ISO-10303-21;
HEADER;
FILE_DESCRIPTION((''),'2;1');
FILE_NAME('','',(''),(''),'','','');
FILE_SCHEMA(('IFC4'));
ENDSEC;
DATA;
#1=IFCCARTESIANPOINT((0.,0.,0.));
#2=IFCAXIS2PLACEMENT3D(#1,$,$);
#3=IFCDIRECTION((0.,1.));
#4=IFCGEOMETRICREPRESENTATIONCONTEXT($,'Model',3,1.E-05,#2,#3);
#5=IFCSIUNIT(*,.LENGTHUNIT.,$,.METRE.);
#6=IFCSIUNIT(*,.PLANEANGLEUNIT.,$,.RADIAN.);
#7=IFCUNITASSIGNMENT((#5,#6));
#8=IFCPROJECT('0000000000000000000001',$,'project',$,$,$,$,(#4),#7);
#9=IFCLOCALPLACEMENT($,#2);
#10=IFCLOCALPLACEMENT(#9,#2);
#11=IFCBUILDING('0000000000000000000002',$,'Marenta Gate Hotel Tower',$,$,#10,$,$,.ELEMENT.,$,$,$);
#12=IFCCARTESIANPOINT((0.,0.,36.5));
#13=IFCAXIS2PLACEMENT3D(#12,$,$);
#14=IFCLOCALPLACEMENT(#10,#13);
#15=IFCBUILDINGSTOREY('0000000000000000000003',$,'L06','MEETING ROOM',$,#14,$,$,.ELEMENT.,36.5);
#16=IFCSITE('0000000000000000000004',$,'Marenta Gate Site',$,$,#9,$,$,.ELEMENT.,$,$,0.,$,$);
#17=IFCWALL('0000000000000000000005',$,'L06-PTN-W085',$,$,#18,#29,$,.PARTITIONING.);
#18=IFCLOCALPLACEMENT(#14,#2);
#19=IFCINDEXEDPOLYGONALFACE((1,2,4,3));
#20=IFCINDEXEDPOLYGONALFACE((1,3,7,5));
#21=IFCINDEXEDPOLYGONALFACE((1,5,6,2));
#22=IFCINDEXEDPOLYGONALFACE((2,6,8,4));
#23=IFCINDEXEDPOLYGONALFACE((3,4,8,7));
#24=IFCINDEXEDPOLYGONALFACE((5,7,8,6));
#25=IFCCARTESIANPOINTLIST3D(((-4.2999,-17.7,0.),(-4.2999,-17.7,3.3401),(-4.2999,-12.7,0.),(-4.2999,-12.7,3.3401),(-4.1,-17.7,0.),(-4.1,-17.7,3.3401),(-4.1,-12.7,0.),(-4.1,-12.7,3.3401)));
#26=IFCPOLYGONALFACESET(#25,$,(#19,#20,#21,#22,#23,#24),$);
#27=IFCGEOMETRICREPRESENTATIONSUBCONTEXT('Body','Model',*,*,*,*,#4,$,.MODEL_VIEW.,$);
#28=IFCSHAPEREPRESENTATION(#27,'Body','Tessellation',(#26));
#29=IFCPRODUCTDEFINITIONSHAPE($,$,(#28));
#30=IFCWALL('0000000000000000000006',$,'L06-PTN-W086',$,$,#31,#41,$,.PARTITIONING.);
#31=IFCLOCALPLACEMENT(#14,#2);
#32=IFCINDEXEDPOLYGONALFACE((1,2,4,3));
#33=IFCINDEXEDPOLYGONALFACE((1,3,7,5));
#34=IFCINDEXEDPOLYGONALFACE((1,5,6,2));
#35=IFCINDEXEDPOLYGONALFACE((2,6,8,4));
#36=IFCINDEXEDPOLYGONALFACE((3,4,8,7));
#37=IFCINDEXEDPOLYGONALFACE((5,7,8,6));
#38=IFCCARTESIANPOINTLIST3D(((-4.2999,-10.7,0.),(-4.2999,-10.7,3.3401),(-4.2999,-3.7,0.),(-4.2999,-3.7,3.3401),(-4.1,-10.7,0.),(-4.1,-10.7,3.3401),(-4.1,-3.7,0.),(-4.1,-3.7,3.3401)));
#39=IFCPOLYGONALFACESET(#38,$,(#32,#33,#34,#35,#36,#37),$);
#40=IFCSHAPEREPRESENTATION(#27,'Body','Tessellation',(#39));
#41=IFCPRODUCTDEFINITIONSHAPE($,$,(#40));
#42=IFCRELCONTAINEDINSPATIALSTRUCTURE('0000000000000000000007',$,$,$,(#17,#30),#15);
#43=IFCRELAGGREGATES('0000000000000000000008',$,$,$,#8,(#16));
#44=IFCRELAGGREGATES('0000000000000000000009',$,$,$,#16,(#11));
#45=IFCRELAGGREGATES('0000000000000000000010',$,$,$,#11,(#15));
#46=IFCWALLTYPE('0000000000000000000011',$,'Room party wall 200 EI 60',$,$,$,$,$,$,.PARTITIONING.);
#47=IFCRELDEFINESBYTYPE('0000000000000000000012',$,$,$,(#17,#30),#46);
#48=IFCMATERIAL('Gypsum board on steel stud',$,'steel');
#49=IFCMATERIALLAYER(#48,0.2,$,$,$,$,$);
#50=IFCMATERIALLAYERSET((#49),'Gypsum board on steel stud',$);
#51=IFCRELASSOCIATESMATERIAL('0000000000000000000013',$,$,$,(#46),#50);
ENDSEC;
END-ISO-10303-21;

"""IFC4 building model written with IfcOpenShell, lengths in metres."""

from ifc_helpers import new_model, si_unit, direction, frame, frame_2d, origin, place, context, subcontext, project, spatial, rectangle, extrude, material, layer, layer_set, type_object, element, save


model = new_model("IFC4")

# Units and contexts
model_context = context("Model", 3, precision=1e-05, world=origin(), true_north=direction((0.0, 1.0)))
body_context = subcontext(model_context, "Body", "Model", "MODEL_VIEW")
ifc_project = project(units=[si_unit("LENGTHUNIT", "METRE"), si_unit("PLANEANGLEUNIT", "RADIAN")], contexts=[model_context])

# Site, building, storey
site_placement = place(None, origin())
site = spatial("IfcSite", under=ifc_project, at=site_placement, Name="Marenta Gate Site", CompositionType="ELEMENT", RefElevation=0.0)
building_placement = place(site_placement, origin())
building = spatial("IfcBuilding", under=site, at=building_placement, Name="Marenta Gate Hotel Tower", CompositionType="ELEMENT")
storey_placement = place(building_placement, frame((0.0, 0.0, 36.5)))
storey = spatial("IfcBuildingStorey", under=building, at=storey_placement, Name="L06", Description="MEETING ROOM", CompositionType="ELEMENT", Elevation=36.5)

# Walls
ifc_material_1 = material(Name="Gypsum board on steel stud", Category="steel")
ifc_layer_1 = layer(ifc_material_1, 0.2)
ifc_layer_set_1 = layer_set([ifc_layer_1], Name="Gypsum board on steel stud")
wall_type_1 = type_object("IfcWallType", Name="Room party wall 200 EI 60", PredefinedType="PARTITIONING", material=ifc_layer_set_1)
wall_1_placement = place(storey_placement, frame((-4.2, -17.7, 0.0), z_axis=(0.0, 0.0, 1.0), x_axis=(0.0, 1.0, 0.0)))
element("IfcWall", 1, at=wall_1_placement, inside=storey, type_object=wall_type_1, Name="L06-PTN-W085", PredefinedType="PARTITIONING", context=body_context, shape_type="SweptSolid", body=[
    extrude(rectangle(XDim=5.0, YDim=0.2, at=frame_2d((2.5, 0.0))), origin(), (0.0, 0.0, 1.0), 3.3401),
])
wall_2_placement = place(storey_placement, frame((-4.2, -10.7, 0.0), z_axis=(0.0, 0.0, 1.0), x_axis=(0.0, 1.0, 0.0)))
element("IfcWall", 2, at=wall_2_placement, inside=storey, type_object=wall_type_1, Name="L06-PTN-W086", PredefinedType="PARTITIONING", context=body_context, shape_type="SweptSolid", body=[
    extrude(rectangle(XDim=7.0, YDim=0.2, at=frame_2d((3.5, 0.0))), origin(), (0.0, 0.0, 1.0), 3.3401),
])

save(model, "model.ifc")
